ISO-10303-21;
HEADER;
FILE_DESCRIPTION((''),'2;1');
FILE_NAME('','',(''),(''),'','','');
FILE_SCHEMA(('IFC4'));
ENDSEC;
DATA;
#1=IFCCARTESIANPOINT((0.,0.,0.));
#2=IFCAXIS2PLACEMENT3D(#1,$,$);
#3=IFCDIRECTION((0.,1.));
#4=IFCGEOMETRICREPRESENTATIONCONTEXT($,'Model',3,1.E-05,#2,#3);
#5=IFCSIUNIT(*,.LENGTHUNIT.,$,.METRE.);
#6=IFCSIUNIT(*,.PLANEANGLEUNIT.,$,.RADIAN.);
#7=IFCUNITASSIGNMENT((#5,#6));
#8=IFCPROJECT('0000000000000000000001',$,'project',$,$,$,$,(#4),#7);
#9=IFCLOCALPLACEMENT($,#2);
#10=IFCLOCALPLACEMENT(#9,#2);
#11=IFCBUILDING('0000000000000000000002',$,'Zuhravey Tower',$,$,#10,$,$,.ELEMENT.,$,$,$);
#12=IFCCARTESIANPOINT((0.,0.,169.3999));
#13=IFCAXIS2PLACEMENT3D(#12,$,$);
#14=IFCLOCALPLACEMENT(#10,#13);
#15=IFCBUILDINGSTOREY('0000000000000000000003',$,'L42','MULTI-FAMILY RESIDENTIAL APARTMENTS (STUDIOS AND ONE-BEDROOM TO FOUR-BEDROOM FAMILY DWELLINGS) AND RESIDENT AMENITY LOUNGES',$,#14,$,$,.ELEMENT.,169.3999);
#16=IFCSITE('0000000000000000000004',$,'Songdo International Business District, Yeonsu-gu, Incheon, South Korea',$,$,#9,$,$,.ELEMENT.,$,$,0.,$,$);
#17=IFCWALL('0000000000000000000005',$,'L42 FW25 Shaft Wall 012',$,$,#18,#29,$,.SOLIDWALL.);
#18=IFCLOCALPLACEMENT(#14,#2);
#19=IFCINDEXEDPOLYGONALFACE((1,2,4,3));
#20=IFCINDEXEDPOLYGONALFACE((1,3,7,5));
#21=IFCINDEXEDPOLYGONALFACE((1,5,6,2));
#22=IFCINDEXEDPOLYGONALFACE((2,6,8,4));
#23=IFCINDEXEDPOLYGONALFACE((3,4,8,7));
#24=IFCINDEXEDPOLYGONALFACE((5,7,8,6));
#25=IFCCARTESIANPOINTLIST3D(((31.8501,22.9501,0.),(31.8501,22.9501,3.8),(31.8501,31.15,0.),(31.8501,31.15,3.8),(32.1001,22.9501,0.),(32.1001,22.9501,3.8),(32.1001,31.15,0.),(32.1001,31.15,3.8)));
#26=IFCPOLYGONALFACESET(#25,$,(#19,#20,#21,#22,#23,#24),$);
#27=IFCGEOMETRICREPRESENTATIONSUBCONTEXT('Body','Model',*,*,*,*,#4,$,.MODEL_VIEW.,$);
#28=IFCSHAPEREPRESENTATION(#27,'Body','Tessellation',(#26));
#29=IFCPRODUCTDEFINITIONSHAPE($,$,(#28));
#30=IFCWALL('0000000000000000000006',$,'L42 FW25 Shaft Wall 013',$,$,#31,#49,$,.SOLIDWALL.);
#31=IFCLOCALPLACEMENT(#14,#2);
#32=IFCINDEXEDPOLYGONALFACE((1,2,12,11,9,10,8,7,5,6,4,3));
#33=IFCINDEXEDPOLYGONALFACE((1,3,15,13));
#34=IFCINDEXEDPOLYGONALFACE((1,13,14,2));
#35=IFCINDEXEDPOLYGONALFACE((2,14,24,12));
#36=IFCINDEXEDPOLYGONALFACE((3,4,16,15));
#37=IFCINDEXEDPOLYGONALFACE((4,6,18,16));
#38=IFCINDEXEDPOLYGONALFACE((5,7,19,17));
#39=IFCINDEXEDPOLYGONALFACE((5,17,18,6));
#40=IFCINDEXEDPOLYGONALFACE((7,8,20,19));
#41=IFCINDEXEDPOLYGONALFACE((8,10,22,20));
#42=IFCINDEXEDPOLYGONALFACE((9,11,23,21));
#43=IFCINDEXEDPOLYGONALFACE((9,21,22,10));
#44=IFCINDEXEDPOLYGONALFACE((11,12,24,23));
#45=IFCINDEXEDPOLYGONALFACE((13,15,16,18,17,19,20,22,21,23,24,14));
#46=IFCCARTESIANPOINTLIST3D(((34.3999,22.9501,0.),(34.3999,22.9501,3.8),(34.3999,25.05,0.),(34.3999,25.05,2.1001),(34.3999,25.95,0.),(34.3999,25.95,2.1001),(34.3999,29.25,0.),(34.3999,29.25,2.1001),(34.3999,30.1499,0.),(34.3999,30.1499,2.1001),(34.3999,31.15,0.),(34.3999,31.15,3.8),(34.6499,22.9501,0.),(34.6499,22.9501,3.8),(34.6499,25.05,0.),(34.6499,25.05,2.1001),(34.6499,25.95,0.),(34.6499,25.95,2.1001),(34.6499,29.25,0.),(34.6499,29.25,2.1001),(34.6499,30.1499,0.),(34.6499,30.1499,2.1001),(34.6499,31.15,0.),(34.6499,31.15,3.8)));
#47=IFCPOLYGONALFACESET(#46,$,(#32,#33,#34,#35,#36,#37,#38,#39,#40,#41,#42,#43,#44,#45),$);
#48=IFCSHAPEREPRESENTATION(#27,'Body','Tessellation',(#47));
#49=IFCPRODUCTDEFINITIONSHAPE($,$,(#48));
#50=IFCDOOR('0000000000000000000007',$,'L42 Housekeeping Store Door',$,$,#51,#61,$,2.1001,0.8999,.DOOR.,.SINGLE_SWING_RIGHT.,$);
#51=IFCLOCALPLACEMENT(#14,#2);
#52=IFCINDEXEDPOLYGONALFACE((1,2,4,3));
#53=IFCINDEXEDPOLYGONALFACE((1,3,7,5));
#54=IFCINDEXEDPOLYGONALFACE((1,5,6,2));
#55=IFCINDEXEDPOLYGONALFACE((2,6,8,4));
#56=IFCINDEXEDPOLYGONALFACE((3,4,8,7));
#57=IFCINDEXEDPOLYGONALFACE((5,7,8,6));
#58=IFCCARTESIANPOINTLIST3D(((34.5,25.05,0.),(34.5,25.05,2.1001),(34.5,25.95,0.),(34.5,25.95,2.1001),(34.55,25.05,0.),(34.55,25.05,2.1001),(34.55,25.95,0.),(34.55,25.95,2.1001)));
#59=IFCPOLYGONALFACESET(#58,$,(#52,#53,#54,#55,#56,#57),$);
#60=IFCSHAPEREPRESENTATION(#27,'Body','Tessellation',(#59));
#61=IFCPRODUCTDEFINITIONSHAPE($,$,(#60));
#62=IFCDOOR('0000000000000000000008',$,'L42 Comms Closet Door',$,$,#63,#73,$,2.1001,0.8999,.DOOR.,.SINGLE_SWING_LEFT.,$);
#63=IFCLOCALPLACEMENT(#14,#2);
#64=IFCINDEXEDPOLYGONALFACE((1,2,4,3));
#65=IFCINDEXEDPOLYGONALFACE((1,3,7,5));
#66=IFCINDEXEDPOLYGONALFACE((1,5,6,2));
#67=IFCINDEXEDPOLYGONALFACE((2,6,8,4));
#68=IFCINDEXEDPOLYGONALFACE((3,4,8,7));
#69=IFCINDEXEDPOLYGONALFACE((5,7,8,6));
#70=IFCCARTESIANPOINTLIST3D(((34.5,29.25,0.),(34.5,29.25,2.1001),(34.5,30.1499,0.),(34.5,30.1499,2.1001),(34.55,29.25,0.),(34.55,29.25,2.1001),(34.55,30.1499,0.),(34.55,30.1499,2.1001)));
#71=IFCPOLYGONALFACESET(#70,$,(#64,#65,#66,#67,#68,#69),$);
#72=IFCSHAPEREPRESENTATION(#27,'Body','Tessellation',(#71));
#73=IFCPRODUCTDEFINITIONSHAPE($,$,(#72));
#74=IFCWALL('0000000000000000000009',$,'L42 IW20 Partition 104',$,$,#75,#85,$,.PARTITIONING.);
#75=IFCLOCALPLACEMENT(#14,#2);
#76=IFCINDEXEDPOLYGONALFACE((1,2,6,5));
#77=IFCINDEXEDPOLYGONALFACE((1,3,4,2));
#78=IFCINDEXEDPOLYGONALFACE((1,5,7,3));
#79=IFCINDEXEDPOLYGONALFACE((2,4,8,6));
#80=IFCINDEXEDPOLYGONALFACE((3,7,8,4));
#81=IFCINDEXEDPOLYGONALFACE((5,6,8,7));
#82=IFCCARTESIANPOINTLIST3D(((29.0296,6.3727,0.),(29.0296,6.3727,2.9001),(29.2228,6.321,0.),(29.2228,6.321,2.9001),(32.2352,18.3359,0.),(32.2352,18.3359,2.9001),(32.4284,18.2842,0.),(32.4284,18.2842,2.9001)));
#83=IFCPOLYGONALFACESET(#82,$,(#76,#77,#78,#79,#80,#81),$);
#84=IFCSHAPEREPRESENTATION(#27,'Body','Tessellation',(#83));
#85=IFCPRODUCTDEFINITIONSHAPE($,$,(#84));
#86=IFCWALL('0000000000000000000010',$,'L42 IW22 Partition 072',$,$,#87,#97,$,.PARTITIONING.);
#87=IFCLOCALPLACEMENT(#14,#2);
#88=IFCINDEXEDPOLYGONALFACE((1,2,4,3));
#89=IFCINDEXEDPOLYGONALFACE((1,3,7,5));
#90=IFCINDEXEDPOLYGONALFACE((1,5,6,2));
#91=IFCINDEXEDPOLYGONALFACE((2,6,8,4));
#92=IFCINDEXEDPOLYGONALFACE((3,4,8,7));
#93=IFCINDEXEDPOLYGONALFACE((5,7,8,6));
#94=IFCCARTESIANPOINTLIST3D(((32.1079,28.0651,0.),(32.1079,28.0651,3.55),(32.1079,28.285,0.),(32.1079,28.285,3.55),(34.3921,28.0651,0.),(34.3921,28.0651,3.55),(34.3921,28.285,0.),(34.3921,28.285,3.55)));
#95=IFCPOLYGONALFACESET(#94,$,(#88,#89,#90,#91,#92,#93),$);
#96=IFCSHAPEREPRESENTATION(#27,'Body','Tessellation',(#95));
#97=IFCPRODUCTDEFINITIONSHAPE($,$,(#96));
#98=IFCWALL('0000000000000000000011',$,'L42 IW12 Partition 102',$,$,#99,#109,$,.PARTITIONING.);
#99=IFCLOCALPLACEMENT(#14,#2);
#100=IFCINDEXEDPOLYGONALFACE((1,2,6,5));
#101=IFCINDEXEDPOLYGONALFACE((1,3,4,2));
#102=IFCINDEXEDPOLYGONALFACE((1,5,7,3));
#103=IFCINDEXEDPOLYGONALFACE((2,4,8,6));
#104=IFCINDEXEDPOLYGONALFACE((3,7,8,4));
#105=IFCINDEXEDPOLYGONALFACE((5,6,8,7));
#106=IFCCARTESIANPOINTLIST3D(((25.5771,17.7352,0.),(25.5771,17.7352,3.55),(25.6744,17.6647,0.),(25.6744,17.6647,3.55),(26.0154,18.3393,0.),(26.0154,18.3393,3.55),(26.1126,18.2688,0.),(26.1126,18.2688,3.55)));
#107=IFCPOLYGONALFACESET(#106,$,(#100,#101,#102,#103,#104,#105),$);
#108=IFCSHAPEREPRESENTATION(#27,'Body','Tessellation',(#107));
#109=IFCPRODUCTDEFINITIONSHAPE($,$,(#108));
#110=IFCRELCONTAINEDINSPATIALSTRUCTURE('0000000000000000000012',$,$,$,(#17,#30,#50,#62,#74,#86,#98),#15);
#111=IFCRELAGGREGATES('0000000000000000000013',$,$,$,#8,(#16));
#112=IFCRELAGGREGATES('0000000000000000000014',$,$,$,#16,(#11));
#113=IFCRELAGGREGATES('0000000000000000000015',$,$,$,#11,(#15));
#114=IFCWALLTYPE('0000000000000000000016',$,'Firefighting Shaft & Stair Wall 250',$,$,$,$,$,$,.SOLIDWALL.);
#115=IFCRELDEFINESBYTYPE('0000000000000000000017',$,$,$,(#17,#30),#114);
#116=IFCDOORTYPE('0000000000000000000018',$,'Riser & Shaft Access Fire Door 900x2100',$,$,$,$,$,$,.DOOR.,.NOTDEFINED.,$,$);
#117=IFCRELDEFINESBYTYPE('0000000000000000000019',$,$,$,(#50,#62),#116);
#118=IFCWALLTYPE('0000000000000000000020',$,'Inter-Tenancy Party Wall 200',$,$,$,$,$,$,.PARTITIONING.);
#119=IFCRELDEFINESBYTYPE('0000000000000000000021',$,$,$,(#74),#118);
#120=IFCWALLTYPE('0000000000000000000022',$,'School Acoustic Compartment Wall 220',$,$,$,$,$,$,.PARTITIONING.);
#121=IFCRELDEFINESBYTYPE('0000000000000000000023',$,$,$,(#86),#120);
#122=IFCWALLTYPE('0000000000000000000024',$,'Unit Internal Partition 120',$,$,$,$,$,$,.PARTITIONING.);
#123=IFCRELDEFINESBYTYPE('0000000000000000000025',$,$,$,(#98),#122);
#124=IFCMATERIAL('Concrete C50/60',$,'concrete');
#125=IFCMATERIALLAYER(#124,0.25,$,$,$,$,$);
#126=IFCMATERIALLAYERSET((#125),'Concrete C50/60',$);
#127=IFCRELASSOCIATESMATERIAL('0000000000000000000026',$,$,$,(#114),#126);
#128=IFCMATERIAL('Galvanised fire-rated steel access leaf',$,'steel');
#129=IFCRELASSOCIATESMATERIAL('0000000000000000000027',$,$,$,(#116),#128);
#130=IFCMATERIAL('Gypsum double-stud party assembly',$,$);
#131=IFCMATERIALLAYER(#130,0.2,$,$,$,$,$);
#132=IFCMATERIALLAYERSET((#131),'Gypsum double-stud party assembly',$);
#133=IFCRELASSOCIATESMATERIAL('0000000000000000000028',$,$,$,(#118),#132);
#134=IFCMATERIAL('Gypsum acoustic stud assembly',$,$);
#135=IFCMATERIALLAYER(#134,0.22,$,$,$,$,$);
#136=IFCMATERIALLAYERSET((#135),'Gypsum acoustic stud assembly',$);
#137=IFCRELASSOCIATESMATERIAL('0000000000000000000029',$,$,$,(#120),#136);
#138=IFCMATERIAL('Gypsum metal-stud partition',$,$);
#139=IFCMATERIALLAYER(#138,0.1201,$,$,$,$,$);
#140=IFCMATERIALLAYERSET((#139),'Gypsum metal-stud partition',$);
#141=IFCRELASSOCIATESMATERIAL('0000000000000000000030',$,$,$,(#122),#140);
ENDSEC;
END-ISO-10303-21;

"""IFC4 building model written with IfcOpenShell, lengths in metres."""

from ifc_helpers import new_model, si_unit, direction, frame, frame_2d, origin, place, context, subcontext, project, spatial, rectangle, extrude, material, layer, layer_set, type_object, element, fill, save


model = new_model("IFC4")

# Units and contexts
model_context = context("Model", 3, precision=1e-05, world=origin(), true_north=direction((0.0, 1.0)))
body_context = subcontext(model_context, "Body", "Model", "MODEL_VIEW")
ifc_project = project(units=[si_unit("LENGTHUNIT", "METRE"), si_unit("PLANEANGLEUNIT", "RADIAN")], contexts=[model_context])

# Site, building, storey
site_placement = place(None, origin())
site = spatial("IfcSite", under=ifc_project, at=site_placement, Name="Songdo International Business District, Yeonsu-gu, Incheon, South Korea", CompositionType="ELEMENT", RefElevation=0.0)
building_placement = place(site_placement, origin())
building = spatial("IfcBuilding", under=site, at=building_placement, Name="Zuhravey Tower", CompositionType="ELEMENT")
storey_placement = place(building_placement, frame((0.0, 0.0, 169.3999)))
storey = spatial("IfcBuildingStorey", under=building, at=storey_placement, Name="L42", Description="MULTI-FAMILY RESIDENTIAL APARTMENTS (STUDIOS AND ONE-BEDROOM TO FOUR-BEDROOM FAMILY DWELLINGS) AND RESIDENT AMENITY LOUNGES", CompositionType="ELEMENT", Elevation=169.3999)

# Shared definitions
ifc_material_1 = material(Name="Concrete C50/60", Category="concrete")
ifc_layer_1 = layer(ifc_material_1, 0.25)
ifc_layer_set_1 = layer_set([ifc_layer_1], Name="Concrete C50/60")
wall_type_1 = type_object("IfcWallType", Name="Firefighting Shaft & Stair Wall 250", PredefinedType="SOLIDWALL", material=ifc_layer_set_1)

# Shared definitions
ifc_material_2 = material(Name="Galvanised fire-rated steel access leaf", Category="steel")
door_type_1 = type_object("IfcDoorType", Name="Riser & Shaft Access Fire Door 900x2100", OperationType="NOTDEFINED", PredefinedType="DOOR", material=ifc_material_2)

# Wall
wall_1_placement = place(storey_placement, frame((31.9751, 22.95, 0.0), z_axis=(0.0, 0.0, 1.0), x_axis=(0.0, 1.0, 0.0)))
element("IfcWall", 1, at=wall_1_placement, inside=storey, type_object=wall_type_1, Name="L42 FW25 Shaft Wall 012", PredefinedType="SOLIDWALL", context=body_context, shape_type="SweptSolid", body=[
    extrude(rectangle(XDim=8.2, YDim=0.25, at=frame_2d((4.1001, 0.0))), origin(), (0.0, 0.0, 1.0), 3.8),
])

# Wall, openings, doors
wall_2_placement = place(storey_placement, frame((34.5249, 22.95, 0.0), z_axis=(0.0, 0.0, 1.0), x_axis=(0.0, 1.0, 0.0)))
wall_2 = element("IfcWall", 2, at=wall_2_placement, inside=storey, type_object=wall_type_1, Name="L42 FW25 Shaft Wall 013", PredefinedType="SOLIDWALL", context=body_context, shape_type="SweptSolid", body=[
    extrude(rectangle(XDim=8.2, YDim=0.25, at=frame_2d((4.1001, 0.0))), origin(), (0.0, 0.0, 1.0), 3.8),
])
opening_1_placement = place(wall_2_placement, frame((2.1001, 0.0, 0.0)))
opening_1 = element("IfcOpeningElement", 3, at=opening_1_placement, cuts=wall_2, PredefinedType="OPENING", context=body_context, shape_type="SweptSolid", body=[
    extrude(rectangle(XDim=0.8999, YDim=2.1001, at=frame_2d((0.45, 1.05))), frame((0.0, 0.137, 0.0), z_axis=(0.0, -1.0, 0.0), x_axis=(1.0, 0.0, 0.0)), (0.0, 0.0, 1.0), 0.2739),
])
opening_2_placement = place(wall_2_placement, frame((6.3, 0.0, 0.0)))
opening_2 = element("IfcOpeningElement", 4, at=opening_2_placement, cuts=wall_2, PredefinedType="OPENING", context=body_context, shape_type="SweptSolid", body=[
    extrude(rectangle(XDim=0.8999, YDim=2.1001, at=frame_2d((0.45, 1.05))), frame((0.0, 0.137, 0.0), z_axis=(0.0, -1.0, 0.0), x_axis=(1.0, 0.0, 0.0)), (0.0, 0.0, 1.0), 0.2739),
])
door_1_placement = place(opening_1_placement, origin())
door_1 = element("IfcDoor", 5, at=door_1_placement, inside=storey, type_object=door_type_1, Name="L42 Housekeeping Store Door", OperationType="SINGLE_SWING_RIGHT", OverallHeight=2.1001, OverallWidth=0.8999, PredefinedType="DOOR", context=body_context, shape_type="SweptSolid", body=[
    extrude(rectangle(XDim=0.8999, YDim=2.1001, at=frame_2d((0.45, 1.05))), frame((0.0, 0.0249, 0.0), z_axis=(0.0, -1.0, 0.0), x_axis=(1.0, 0.0, 0.0)), (0.0, 0.0, 1.0), 0.05),
])
fill(opening_1, door_1)
door_2_placement = place(opening_2_placement, origin())
door_2 = element("IfcDoor", 6, at=door_2_placement, inside=storey, type_object=door_type_1, Name="L42 Comms Closet Door", OperationType="SINGLE_SWING_LEFT", OverallHeight=2.1001, OverallWidth=0.8999, PredefinedType="DOOR", context=body_context, shape_type="SweptSolid", body=[
    extrude(rectangle(XDim=0.8999, YDim=2.1001, at=frame_2d((0.45, 1.05))), frame((0.0, 0.0249, 0.0), z_axis=(0.0, -1.0, 0.0), x_axis=(1.0, 0.0, 0.0)), (0.0, 0.0, 1.0), 0.05),
])
fill(opening_2, door_2)

# Walls
ifc_material_3 = material(Name="Gypsum double-stud party assembly")
ifc_layer_2 = layer(ifc_material_3, 0.2)
ifc_layer_set_2 = layer_set([ifc_layer_2], Name="Gypsum double-stud party assembly")
wall_type_2 = type_object("IfcWallType", Name="Inter-Tenancy Party Wall 200", PredefinedType="PARTITIONING", material=ifc_layer_set_2)
wall_3_placement = place(storey_placement, frame((32.3318, 18.3101, 0.0), z_axis=(0.0, 0.0, 1.0), x_axis=(-0.258823, -0.965925, 0.0)))
element("IfcWall", 7, at=wall_3_placement, inside=storey, type_object=wall_type_2, Name="L42 IW20 Partition 104", PredefinedType="PARTITIONING", context=body_context, shape_type="SweptSolid", body=[
    extrude(rectangle(XDim=12.3853, YDim=0.2, at=frame_2d((6.1926, 0.0))), origin(), (0.0, 0.0, 1.0), 2.9001),
])
ifc_material_4 = material(Name="Gypsum acoustic stud assembly")
ifc_layer_3 = layer(ifc_material_4, 0.22)
ifc_layer_set_3 = layer_set([ifc_layer_3], Name="Gypsum acoustic stud assembly")
wall_type_3 = type_object("IfcWallType", Name="School Acoustic Compartment Wall 220", PredefinedType="PARTITIONING", material=ifc_layer_set_3)
wall_4_placement = place(storey_placement, frame((32.1079, 28.175, 0.0), z_axis=(0.0, 0.0, 1.0), x_axis=(1.0, 0.0, 0.0)))
element("IfcWall", 8, at=wall_4_placement, inside=storey, type_object=wall_type_3, Name="L42 IW22 Partition 072", PredefinedType="PARTITIONING", context=body_context, shape_type="SweptSolid", body=[
    extrude(rectangle(XDim=2.2842, YDim=0.22, at=frame_2d((1.1421, 0.0))), origin(), (0.0, 0.0, 1.0), 3.55),
])
ifc_material_5 = material(Name="Gypsum metal-stud partition")
ifc_layer_4 = layer(ifc_material_5, 0.1201)
ifc_layer_set_4 = layer_set([ifc_layer_4], Name="Gypsum metal-stud partition")
wall_type_4 = type_object("IfcWallType", Name="Unit Internal Partition 120", PredefinedType="PARTITIONING", material=ifc_layer_set_4)
wall_5_placement = place(storey_placement, frame((26.064, 18.304, 0.0), z_axis=(0.0, 0.0, 1.0), x_axis=(-0.587257, -0.809401, 0.0)))
element("IfcWall", 9, at=wall_5_placement, inside=storey, type_object=wall_type_4, Name="L42 IW12 Partition 102", PredefinedType="PARTITIONING", context=body_context, shape_type="SweptSolid", body=[
    extrude(rectangle(XDim=0.7463, YDim=0.1201, at=frame_2d((0.373, 0.0))), origin(), (0.0, 0.0, 1.0), 3.55),
])

save(model, "model.ifc")
